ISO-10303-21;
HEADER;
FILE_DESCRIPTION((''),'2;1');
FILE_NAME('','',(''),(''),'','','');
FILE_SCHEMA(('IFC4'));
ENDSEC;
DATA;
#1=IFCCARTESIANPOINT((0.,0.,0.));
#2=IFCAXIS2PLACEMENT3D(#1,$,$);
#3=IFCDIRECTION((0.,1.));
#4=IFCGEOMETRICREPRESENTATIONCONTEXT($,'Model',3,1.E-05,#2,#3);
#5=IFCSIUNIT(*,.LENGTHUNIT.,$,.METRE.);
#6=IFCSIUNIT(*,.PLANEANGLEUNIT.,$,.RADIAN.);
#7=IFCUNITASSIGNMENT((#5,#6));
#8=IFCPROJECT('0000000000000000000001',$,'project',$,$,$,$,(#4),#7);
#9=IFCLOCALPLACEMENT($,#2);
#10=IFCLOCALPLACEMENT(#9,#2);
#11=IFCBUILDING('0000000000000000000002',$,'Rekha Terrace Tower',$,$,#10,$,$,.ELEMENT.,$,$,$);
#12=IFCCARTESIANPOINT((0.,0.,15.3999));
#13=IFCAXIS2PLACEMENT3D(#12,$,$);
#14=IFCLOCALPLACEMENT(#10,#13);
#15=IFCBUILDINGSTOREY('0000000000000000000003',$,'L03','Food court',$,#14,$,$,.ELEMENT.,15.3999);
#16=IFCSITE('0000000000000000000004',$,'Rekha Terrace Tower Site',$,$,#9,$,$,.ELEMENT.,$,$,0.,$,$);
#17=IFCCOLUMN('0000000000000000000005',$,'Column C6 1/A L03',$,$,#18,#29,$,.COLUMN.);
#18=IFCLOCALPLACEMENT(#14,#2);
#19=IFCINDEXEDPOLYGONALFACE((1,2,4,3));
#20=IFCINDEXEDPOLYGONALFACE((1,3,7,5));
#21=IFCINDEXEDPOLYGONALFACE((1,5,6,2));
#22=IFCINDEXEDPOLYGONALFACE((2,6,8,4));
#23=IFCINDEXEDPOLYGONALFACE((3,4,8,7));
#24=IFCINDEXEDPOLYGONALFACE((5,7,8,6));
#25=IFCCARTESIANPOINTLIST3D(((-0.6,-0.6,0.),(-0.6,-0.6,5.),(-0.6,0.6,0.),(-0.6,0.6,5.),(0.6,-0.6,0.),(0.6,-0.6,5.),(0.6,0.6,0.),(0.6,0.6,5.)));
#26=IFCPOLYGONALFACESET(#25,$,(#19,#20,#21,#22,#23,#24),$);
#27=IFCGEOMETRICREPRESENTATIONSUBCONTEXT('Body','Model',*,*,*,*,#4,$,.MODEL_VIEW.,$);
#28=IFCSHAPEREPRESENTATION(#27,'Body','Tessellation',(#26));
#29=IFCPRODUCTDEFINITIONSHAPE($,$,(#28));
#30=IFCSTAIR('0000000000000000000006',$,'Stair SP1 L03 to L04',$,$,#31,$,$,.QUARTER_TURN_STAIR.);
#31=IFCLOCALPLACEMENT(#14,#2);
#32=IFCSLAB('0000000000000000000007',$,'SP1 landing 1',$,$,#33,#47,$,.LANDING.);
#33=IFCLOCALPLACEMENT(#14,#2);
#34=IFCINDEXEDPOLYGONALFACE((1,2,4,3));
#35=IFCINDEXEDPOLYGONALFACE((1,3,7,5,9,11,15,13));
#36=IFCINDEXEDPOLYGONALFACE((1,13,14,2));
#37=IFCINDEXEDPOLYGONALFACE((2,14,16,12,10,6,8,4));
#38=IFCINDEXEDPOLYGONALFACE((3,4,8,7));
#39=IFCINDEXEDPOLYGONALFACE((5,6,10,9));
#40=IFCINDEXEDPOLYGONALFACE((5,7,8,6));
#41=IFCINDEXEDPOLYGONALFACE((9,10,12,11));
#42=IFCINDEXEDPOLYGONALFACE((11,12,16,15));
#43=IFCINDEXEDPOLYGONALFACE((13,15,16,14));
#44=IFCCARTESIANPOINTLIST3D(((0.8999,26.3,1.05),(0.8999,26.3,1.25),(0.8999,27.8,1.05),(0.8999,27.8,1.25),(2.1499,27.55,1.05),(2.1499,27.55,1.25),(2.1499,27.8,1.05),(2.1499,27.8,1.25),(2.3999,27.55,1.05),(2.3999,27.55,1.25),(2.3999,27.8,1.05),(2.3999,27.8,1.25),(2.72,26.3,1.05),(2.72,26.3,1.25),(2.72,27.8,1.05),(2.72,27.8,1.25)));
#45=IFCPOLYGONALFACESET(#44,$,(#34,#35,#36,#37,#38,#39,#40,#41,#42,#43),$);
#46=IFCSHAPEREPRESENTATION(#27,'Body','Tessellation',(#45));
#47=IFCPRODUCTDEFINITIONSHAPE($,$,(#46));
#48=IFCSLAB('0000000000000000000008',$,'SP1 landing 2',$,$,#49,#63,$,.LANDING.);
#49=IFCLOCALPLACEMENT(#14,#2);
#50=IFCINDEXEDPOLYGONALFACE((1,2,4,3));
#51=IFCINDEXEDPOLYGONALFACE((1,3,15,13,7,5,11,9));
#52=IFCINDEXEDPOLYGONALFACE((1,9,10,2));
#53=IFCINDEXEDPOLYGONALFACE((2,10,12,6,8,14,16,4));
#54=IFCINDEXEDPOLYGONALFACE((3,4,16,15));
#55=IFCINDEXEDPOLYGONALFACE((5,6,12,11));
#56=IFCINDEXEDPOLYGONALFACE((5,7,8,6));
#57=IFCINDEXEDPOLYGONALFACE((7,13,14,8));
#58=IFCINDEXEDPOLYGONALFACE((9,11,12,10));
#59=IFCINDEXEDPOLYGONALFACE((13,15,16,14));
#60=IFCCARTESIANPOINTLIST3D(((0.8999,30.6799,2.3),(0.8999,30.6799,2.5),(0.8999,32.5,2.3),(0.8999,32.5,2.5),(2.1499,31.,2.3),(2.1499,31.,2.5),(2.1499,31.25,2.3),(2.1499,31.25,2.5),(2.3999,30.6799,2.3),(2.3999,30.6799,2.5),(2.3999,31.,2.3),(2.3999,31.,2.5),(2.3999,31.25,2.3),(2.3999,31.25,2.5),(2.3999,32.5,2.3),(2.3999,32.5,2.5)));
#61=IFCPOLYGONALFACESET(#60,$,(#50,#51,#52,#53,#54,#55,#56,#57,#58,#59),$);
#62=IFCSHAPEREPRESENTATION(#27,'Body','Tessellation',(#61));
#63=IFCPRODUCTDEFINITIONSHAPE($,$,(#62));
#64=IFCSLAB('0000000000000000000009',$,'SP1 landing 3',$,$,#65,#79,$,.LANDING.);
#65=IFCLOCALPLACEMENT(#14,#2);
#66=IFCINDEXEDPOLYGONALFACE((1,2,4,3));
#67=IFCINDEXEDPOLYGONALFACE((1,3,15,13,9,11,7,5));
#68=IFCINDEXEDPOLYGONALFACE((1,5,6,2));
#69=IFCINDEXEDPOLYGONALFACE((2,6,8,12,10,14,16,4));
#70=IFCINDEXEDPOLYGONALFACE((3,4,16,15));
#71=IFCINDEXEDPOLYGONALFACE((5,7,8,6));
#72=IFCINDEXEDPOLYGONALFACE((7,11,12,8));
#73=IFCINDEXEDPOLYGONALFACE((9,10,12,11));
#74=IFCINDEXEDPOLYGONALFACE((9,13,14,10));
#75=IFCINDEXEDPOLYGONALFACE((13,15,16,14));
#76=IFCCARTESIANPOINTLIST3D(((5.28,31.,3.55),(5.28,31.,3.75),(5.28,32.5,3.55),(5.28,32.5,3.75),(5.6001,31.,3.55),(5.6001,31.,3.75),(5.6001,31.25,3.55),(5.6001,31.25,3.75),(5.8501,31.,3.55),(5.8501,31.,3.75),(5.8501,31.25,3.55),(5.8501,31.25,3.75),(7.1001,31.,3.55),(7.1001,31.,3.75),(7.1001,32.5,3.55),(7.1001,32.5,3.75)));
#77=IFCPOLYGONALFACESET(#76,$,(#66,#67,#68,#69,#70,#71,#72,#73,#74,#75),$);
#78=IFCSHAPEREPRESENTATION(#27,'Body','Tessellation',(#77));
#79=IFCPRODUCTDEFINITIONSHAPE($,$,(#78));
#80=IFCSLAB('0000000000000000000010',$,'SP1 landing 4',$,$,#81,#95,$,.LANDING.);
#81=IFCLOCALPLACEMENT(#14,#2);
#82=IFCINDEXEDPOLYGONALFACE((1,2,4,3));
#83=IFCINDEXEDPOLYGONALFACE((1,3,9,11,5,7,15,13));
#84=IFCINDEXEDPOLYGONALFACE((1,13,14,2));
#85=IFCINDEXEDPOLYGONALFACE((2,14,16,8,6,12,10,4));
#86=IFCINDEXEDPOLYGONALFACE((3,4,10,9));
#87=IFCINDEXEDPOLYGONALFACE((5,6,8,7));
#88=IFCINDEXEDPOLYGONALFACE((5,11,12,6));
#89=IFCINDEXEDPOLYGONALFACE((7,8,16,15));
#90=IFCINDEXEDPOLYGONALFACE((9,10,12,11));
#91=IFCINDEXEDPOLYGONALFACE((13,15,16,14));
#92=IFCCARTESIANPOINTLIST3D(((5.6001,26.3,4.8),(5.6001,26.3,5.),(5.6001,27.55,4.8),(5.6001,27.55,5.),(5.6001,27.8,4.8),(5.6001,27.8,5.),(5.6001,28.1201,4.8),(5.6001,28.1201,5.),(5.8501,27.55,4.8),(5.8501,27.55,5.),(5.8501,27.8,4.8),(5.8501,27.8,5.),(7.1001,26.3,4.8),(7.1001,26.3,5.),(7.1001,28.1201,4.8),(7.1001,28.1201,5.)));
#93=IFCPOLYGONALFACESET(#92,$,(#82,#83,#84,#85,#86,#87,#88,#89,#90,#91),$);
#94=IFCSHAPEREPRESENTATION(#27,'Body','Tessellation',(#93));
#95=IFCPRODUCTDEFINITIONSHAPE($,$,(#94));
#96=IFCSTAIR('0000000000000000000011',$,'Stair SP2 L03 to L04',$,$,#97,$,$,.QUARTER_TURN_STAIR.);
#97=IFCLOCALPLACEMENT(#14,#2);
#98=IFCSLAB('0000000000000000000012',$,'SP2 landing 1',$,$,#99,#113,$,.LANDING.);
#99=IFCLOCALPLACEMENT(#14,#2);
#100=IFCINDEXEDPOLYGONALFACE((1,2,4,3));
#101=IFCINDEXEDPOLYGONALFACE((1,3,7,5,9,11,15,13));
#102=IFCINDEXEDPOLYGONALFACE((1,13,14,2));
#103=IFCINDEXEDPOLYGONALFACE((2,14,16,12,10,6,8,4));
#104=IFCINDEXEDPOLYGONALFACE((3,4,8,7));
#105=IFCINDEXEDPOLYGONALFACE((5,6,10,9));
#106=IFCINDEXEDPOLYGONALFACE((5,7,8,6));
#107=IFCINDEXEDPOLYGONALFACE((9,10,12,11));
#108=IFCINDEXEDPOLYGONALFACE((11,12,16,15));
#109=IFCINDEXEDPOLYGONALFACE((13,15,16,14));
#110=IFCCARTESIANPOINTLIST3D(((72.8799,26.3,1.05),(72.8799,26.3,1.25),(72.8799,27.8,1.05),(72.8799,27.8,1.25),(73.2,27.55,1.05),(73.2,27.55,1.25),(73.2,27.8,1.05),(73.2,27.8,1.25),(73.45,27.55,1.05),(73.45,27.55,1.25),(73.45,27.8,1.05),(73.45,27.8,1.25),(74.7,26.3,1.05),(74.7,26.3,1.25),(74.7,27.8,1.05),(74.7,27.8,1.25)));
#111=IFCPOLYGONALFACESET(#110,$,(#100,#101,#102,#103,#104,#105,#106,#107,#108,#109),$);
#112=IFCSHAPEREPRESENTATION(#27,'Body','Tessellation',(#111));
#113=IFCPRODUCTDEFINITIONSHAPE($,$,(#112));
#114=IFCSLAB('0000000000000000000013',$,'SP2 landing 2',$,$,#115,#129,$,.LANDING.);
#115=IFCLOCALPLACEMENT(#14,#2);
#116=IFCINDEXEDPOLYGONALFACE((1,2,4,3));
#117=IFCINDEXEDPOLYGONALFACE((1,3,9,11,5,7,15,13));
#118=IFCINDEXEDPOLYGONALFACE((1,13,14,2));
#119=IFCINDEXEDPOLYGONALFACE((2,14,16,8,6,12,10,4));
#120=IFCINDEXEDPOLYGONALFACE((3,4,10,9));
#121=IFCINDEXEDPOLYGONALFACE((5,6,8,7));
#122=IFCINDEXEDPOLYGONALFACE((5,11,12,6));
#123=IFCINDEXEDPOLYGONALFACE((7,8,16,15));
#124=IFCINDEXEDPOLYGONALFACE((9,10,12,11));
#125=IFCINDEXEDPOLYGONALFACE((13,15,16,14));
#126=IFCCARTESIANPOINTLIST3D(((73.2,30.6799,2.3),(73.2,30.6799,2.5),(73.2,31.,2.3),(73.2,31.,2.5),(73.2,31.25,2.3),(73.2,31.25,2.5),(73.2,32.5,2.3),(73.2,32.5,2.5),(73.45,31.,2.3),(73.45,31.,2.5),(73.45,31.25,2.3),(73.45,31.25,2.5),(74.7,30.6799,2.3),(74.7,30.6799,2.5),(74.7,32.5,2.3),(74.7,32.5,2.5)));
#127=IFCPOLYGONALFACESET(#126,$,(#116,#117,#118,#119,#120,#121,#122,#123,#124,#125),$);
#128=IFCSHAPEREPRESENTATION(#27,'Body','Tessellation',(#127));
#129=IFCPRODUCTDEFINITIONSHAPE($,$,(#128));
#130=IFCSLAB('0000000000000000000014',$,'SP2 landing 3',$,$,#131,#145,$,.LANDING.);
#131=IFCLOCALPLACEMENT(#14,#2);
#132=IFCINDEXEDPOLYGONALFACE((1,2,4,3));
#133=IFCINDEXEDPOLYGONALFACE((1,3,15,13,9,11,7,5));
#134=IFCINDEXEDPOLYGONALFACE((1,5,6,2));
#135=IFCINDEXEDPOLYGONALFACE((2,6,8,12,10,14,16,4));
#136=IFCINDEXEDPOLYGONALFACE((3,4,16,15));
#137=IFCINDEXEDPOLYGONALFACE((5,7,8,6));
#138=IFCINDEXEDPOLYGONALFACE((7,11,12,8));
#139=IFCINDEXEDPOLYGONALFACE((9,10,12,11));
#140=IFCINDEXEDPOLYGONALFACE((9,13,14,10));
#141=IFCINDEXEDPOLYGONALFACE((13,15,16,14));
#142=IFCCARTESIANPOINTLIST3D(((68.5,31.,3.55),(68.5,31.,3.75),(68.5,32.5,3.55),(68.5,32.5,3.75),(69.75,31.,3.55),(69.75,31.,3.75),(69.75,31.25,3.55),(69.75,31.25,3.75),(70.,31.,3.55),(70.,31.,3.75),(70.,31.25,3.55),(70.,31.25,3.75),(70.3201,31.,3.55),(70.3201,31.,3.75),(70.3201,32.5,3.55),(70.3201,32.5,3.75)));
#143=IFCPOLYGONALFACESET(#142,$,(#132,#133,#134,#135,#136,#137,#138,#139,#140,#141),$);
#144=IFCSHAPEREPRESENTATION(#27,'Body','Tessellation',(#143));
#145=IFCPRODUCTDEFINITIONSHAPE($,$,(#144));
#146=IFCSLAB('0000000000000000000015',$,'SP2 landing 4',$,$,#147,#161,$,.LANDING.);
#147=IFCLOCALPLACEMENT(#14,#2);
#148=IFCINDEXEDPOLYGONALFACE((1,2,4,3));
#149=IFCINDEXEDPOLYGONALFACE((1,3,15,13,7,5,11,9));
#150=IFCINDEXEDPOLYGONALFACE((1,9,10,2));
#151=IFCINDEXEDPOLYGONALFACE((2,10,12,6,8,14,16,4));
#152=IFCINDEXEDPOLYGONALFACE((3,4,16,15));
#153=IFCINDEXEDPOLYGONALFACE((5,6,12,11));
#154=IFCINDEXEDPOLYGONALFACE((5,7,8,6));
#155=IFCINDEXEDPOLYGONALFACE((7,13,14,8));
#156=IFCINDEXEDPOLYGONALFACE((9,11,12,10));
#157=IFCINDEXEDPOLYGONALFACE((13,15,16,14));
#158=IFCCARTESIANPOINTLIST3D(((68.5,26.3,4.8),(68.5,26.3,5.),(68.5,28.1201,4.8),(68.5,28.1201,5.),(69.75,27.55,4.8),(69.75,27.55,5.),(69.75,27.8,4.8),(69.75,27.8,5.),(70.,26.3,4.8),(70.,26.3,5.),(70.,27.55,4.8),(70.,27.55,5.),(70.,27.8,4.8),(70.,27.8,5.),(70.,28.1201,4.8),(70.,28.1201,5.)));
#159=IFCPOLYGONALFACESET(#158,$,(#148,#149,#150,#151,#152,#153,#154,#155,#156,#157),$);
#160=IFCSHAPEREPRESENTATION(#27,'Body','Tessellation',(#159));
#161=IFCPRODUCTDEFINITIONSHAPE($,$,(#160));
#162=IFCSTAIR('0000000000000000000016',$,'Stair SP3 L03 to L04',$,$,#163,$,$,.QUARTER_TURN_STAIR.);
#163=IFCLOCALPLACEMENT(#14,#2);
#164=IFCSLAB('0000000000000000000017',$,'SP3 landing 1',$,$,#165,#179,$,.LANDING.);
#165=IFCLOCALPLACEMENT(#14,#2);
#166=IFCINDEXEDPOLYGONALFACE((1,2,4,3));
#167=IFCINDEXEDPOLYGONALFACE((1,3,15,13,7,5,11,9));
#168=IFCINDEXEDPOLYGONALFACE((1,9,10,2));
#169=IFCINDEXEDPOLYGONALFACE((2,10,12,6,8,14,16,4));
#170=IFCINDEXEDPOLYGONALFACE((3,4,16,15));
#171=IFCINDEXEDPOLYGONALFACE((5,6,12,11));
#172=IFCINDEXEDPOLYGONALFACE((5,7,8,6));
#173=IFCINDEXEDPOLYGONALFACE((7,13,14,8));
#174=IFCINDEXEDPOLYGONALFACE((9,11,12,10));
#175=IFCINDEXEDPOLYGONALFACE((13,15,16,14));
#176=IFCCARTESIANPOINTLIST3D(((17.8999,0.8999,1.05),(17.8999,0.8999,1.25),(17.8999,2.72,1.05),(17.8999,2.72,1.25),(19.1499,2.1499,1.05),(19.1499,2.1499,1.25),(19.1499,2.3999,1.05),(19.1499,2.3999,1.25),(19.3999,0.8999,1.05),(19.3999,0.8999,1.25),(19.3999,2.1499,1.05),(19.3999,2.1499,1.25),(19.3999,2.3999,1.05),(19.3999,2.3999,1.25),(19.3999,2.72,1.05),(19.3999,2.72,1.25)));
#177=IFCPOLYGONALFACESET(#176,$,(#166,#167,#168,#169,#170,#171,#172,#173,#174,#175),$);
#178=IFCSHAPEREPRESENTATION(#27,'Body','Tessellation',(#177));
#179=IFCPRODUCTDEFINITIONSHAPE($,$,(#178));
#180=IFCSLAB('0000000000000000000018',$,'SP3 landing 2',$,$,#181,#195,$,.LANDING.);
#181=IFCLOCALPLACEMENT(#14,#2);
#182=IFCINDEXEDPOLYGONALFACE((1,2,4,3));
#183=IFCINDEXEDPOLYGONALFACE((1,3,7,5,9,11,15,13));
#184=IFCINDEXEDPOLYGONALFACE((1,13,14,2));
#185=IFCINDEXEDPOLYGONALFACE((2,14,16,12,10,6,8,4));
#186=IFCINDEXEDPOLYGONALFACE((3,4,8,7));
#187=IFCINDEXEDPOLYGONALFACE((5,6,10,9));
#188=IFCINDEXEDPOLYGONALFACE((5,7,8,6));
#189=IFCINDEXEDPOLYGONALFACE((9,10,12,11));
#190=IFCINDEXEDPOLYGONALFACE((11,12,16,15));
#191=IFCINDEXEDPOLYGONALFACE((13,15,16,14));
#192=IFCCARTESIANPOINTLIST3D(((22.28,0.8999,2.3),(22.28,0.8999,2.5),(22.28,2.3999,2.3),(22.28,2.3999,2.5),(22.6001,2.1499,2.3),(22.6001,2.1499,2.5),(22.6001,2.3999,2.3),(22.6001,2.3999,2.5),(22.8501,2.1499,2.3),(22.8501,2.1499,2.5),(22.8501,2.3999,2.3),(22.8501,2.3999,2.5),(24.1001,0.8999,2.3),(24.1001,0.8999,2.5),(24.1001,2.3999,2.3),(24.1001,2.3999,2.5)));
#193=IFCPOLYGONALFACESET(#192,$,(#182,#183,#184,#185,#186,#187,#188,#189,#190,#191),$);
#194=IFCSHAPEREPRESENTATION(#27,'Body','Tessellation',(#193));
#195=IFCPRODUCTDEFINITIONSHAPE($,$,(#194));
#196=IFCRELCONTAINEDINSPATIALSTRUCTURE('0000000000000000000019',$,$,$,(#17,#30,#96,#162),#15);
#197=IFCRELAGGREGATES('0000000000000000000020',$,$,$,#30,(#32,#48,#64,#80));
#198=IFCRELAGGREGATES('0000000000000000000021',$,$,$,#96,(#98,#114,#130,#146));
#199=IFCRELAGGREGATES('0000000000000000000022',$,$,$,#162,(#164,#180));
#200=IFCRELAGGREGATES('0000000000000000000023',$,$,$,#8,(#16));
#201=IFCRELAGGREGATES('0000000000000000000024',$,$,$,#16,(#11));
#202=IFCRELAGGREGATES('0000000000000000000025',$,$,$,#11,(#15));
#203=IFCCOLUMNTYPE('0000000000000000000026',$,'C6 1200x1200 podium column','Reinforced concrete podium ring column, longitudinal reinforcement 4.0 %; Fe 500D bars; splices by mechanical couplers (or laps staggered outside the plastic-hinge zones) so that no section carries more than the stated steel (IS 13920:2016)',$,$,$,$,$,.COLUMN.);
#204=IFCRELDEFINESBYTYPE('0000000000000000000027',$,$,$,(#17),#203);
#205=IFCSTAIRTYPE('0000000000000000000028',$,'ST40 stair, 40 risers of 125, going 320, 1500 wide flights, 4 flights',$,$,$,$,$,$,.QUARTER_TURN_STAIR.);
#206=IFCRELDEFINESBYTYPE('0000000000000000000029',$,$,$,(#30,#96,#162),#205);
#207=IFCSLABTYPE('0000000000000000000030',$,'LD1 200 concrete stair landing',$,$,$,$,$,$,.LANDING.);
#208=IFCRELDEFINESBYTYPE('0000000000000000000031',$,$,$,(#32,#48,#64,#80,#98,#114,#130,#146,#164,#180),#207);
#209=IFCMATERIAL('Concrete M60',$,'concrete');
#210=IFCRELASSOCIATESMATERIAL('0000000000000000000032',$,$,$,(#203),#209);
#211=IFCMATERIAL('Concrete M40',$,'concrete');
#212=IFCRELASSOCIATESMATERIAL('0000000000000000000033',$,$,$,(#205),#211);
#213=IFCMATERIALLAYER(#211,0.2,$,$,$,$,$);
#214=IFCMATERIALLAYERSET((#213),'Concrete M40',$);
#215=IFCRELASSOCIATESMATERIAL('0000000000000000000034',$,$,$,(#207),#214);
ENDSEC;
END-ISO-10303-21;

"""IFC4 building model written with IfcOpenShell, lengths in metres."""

from ifc_helpers import new_model, si_unit, direction, frame, origin, origin_with_axes, origin_2d, place, context, subcontext, project, spatial, polyline, rectangle, outline, extrude, material, layer, layer_set, material_profile, profile_set, type_object, element, aggregate, save


model = new_model("IFC4")

# Units and contexts
model_context = context("Model", 3, precision=1e-05, world=origin(), true_north=direction((0.0, 1.0)))
body_context = subcontext(model_context, "Body", "Model", "MODEL_VIEW")
ifc_project = project(units=[si_unit("LENGTHUNIT", "METRE"), si_unit("PLANEANGLEUNIT", "RADIAN")], contexts=[model_context])

# Site, building, storey
site_placement = place(None, origin())
site = spatial("IfcSite", under=ifc_project, at=site_placement, Name="Rekha Terrace Tower Site", CompositionType="ELEMENT", RefElevation=0.0)
building_placement = place(site_placement, origin())
building = spatial("IfcBuilding", under=site, at=building_placement, Name="Rekha Terrace Tower", CompositionType="ELEMENT")
storey_placement = place(building_placement, frame((0.0, 0.0, 15.3999)))
storey = spatial("IfcBuildingStorey", under=building, at=storey_placement, Name="L03", Description="Food court", CompositionType="ELEMENT", Elevation=15.3999)

# Column
ifc_material_1 = material(Name="Concrete M60", Category="concrete")
ifc_material_profile = material_profile(ifc_material_1, rectangle(XDim=1.2, YDim=1.2, at=origin_2d()), Name="RC 1200x1200")
ifc_profile_set = profile_set([ifc_material_profile], Name="Concrete M60")
column_type = type_object("IfcColumnType", Name="C6 1200x1200 podium column", Description="Reinforced concrete podium ring column, longitudinal reinforcement 4.0 %; Fe 500D bars; splices by mechanical couplers (or laps staggered outside the plastic-hinge zones) so that no section carries more than the stated steel (IS 13920:2016)", PredefinedType="COLUMN", material=ifc_profile_set)
column_placement = place(storey_placement, origin_with_axes())
element("IfcColumn", 1, at=column_placement, inside=storey, type_object=column_type, Name="Column C6 1/A L03", PredefinedType="COLUMN", context=body_context, shape_type="SweptSolid", body=[
    extrude(rectangle(XDim=1.2, YDim=1.2, at=origin_2d()), origin(), (0.0, 0.0, 1.0), 5.0),
])

# Stairs, slabs
ifc_material_2 = material(Name="Concrete M40", Category="concrete")
stair_type_1 = type_object("IfcStairType", Name="ST40 stair, 40 risers of 125, going 320, 1500 wide flights, 4 flights", PredefinedType="QUARTER_TURN_STAIR", material=ifc_material_2)
stair_1_placement = place(storey_placement, origin())
stair_1 = element("IfcStair", 2, at=stair_1_placement, inside=storey, type_object=stair_type_1, Name="Stair SP1 L03 to L04", PredefinedType="QUARTER_TURN_STAIR")
ifc_layer_1 = layer(ifc_material_2, 0.2)
ifc_layer_set_1 = layer_set([ifc_layer_1], Name="Concrete M40")
slab_type_1 = type_object("IfcSlabType", Name="LD1 200 concrete stair landing", PredefinedType="LANDING", material=ifc_layer_set_1)
slab_1_placement = place(storey_placement, frame((0.0, 0.0, 1.05)))
slab_1 = element("IfcSlab", 3, at=slab_1_placement, type_object=slab_type_1, Name="SP1 landing 1", PredefinedType="LANDING", context=body_context, shape_type="SweptSolid", body=[
    extrude(outline(polyline([(0.8999, 27.8), (0.8999, 26.3), (2.72, 26.3), (2.72, 27.8), (2.3999, 27.8), (2.3999, 27.55), (2.1499, 27.55), (2.1499, 27.8), (0.8999, 27.8)])), origin(), (0.0, 0.0, 1.0), 0.2),
])
slab_2_placement = place(storey_placement, frame((0.0, 0.0, 2.3)))
slab_2 = element("IfcSlab", 4, at=slab_2_placement, type_object=slab_type_1, Name="SP1 landing 2", PredefinedType="LANDING", context=body_context, shape_type="SweptSolid", body=[
    extrude(outline(polyline([(2.3999, 32.5), (0.8999, 32.5), (0.8999, 30.6799), (2.3999, 30.6799), (2.3999, 31.0), (2.1499, 31.0), (2.1499, 31.25), (2.3999, 31.25), (2.3999, 32.5)])), origin(), (0.0, 0.0, 1.0), 0.2),
])
slab_3_placement = place(storey_placement, frame((0.0, 0.0, 3.55)))
slab_3 = element("IfcSlab", 5, at=slab_3_placement, type_object=slab_type_1, Name="SP1 landing 3", PredefinedType="LANDING", context=body_context, shape_type="SweptSolid", body=[
    extrude(outline(polyline([(7.1001, 31.0), (7.1001, 32.5), (5.28, 32.5), (5.28, 31.0), (5.6001, 31.0), (5.6001, 31.25), (5.8501, 31.25), (5.8501, 31.0), (7.1001, 31.0)])), origin(), (0.0, 0.0, 1.0), 0.2),
])
slab_4_placement = place(storey_placement, frame((0.0, 0.0, 4.8)))
slab_4 = element("IfcSlab", 6, at=slab_4_placement, type_object=slab_type_1, Name="SP1 landing 4", PredefinedType="LANDING", context=body_context, shape_type="SweptSolid", body=[
    extrude(outline(polyline([(5.6001, 26.3), (7.1001, 26.3), (7.1001, 28.1201), (5.6001, 28.1201), (5.6001, 27.8), (5.8501, 27.8), (5.8501, 27.55), (5.6001, 27.55), (5.6001, 26.3)])), origin(), (0.0, 0.0, 1.0), 0.2),
])
aggregate(stair_1, [slab_1, slab_2, slab_3, slab_4])
stair_2_placement = place(storey_placement, origin())
stair_2 = element("IfcStair", 7, at=stair_2_placement, inside=storey, type_object=stair_type_1, Name="Stair SP2 L03 to L04", PredefinedType="QUARTER_TURN_STAIR")
slab_5_placement = place(storey_placement, frame((0.0, 0.0, 1.05)))
slab_5 = element("IfcSlab", 8, at=slab_5_placement, type_object=slab_type_1, Name="SP2 landing 1", PredefinedType="LANDING", context=body_context, shape_type="SweptSolid", body=[
    extrude(outline(polyline([(74.7, 27.8), (74.7, 26.3), (72.8799, 26.3), (72.8799, 27.8), (73.2, 27.8), (73.2, 27.55), (73.45, 27.55), (73.45, 27.8), (74.7, 27.8)])), origin(), (0.0, 0.0, 1.0), 0.2),
])
slab_6_placement = place(storey_placement, frame((0.0, 0.0, 2.3)))
slab_6 = element("IfcSlab", 9, at=slab_6_placement, type_object=slab_type_1, Name="SP2 landing 2", PredefinedType="LANDING", context=body_context, shape_type="SweptSolid", body=[
    extrude(outline(polyline([(73.2, 32.5), (74.7, 32.5), (74.7, 30.6799), (73.2, 30.6799), (73.2, 31.0), (73.45, 31.0), (73.45, 31.25), (73.2, 31.25), (73.2, 32.5)])), origin(), (0.0, 0.0, 1.0), 0.2),
])
slab_7_placement = place(storey_placement, frame((0.0, 0.0, 3.55)))
slab_7 = element("IfcSlab", 10, at=slab_7_placement, type_object=slab_type_1, Name="SP2 landing 3", PredefinedType="LANDING", context=body_context, shape_type="SweptSolid", body=[
    extrude(outline(polyline([(68.5, 31.0), (68.5, 32.5), (70.3201, 32.5), (70.3201, 31.0), (70.0, 31.0), (70.0, 31.25), (69.75, 31.25), (69.75, 31.0), (68.5, 31.0)])), origin(), (0.0, 0.0, 1.0), 0.2),
])
slab_8_placement = place(storey_placement, frame((0.0, 0.0, 4.8)))
slab_8 = element("IfcSlab", 11, at=slab_8_placement, type_object=slab_type_1, Name="SP2 landing 4", PredefinedType="LANDING", context=body_context, shape_type="SweptSolid", body=[
    extrude(outline(polyline([(70.0, 26.3), (68.5, 26.3), (68.5, 28.1201), (70.0, 28.1201), (70.0, 27.8), (69.75, 27.8), (69.75, 27.55), (70.0, 27.55), (70.0, 26.3)])), origin(), (0.0, 0.0, 1.0), 0.2),
])
aggregate(stair_2, [slab_5, slab_6, slab_7, slab_8])
stair_3_placement = place(storey_placement, origin())
stair_3 = element("IfcStair", 12, at=stair_3_placement, inside=storey, type_object=stair_type_1, Name="Stair SP3 L03 to L04", PredefinedType="QUARTER_TURN_STAIR")
slab_9_placement = place(storey_placement, frame((0.0, 0.0, 1.05)))
slab_9 = element("IfcSlab", 13, at=slab_9_placement, type_object=slab_type_1, Name="SP3 landing 1", PredefinedType="LANDING", context=body_context, shape_type="SweptSolid", body=[
    extrude(outline(polyline([(19.3999, 0.8999), (17.8999, 0.8999), (17.8999, 2.72), (19.3999, 2.72), (19.3999, 2.3999), (19.1499, 2.3999), (19.1499, 2.1499), (19.3999, 2.1499), (19.3999, 0.8999)])), origin(), (0.0, 0.0, 1.0), 0.2),
])
slab_10_placement = place(storey_placement, frame((0.0, 0.0, 2.3)))
slab_10 = element("IfcSlab", 14, at=slab_10_placement, type_object=slab_type_1, Name="SP3 landing 2", PredefinedType="LANDING", context=body_context, shape_type="SweptSolid", body=[
    extrude(outline(polyline([(24.1001, 2.3999), (24.1001, 0.8999), (22.28, 0.8999), (22.28, 2.3999), (22.6001, 2.3999), (22.6001, 2.1499), (22.8501, 2.1499), (22.8501, 2.3999), (24.1001, 2.3999)])), origin(), (0.0, 0.0, 1.0), 0.2),
])
aggregate(stair_3, [slab_9, slab_10])

save(model, "model.ifc")
